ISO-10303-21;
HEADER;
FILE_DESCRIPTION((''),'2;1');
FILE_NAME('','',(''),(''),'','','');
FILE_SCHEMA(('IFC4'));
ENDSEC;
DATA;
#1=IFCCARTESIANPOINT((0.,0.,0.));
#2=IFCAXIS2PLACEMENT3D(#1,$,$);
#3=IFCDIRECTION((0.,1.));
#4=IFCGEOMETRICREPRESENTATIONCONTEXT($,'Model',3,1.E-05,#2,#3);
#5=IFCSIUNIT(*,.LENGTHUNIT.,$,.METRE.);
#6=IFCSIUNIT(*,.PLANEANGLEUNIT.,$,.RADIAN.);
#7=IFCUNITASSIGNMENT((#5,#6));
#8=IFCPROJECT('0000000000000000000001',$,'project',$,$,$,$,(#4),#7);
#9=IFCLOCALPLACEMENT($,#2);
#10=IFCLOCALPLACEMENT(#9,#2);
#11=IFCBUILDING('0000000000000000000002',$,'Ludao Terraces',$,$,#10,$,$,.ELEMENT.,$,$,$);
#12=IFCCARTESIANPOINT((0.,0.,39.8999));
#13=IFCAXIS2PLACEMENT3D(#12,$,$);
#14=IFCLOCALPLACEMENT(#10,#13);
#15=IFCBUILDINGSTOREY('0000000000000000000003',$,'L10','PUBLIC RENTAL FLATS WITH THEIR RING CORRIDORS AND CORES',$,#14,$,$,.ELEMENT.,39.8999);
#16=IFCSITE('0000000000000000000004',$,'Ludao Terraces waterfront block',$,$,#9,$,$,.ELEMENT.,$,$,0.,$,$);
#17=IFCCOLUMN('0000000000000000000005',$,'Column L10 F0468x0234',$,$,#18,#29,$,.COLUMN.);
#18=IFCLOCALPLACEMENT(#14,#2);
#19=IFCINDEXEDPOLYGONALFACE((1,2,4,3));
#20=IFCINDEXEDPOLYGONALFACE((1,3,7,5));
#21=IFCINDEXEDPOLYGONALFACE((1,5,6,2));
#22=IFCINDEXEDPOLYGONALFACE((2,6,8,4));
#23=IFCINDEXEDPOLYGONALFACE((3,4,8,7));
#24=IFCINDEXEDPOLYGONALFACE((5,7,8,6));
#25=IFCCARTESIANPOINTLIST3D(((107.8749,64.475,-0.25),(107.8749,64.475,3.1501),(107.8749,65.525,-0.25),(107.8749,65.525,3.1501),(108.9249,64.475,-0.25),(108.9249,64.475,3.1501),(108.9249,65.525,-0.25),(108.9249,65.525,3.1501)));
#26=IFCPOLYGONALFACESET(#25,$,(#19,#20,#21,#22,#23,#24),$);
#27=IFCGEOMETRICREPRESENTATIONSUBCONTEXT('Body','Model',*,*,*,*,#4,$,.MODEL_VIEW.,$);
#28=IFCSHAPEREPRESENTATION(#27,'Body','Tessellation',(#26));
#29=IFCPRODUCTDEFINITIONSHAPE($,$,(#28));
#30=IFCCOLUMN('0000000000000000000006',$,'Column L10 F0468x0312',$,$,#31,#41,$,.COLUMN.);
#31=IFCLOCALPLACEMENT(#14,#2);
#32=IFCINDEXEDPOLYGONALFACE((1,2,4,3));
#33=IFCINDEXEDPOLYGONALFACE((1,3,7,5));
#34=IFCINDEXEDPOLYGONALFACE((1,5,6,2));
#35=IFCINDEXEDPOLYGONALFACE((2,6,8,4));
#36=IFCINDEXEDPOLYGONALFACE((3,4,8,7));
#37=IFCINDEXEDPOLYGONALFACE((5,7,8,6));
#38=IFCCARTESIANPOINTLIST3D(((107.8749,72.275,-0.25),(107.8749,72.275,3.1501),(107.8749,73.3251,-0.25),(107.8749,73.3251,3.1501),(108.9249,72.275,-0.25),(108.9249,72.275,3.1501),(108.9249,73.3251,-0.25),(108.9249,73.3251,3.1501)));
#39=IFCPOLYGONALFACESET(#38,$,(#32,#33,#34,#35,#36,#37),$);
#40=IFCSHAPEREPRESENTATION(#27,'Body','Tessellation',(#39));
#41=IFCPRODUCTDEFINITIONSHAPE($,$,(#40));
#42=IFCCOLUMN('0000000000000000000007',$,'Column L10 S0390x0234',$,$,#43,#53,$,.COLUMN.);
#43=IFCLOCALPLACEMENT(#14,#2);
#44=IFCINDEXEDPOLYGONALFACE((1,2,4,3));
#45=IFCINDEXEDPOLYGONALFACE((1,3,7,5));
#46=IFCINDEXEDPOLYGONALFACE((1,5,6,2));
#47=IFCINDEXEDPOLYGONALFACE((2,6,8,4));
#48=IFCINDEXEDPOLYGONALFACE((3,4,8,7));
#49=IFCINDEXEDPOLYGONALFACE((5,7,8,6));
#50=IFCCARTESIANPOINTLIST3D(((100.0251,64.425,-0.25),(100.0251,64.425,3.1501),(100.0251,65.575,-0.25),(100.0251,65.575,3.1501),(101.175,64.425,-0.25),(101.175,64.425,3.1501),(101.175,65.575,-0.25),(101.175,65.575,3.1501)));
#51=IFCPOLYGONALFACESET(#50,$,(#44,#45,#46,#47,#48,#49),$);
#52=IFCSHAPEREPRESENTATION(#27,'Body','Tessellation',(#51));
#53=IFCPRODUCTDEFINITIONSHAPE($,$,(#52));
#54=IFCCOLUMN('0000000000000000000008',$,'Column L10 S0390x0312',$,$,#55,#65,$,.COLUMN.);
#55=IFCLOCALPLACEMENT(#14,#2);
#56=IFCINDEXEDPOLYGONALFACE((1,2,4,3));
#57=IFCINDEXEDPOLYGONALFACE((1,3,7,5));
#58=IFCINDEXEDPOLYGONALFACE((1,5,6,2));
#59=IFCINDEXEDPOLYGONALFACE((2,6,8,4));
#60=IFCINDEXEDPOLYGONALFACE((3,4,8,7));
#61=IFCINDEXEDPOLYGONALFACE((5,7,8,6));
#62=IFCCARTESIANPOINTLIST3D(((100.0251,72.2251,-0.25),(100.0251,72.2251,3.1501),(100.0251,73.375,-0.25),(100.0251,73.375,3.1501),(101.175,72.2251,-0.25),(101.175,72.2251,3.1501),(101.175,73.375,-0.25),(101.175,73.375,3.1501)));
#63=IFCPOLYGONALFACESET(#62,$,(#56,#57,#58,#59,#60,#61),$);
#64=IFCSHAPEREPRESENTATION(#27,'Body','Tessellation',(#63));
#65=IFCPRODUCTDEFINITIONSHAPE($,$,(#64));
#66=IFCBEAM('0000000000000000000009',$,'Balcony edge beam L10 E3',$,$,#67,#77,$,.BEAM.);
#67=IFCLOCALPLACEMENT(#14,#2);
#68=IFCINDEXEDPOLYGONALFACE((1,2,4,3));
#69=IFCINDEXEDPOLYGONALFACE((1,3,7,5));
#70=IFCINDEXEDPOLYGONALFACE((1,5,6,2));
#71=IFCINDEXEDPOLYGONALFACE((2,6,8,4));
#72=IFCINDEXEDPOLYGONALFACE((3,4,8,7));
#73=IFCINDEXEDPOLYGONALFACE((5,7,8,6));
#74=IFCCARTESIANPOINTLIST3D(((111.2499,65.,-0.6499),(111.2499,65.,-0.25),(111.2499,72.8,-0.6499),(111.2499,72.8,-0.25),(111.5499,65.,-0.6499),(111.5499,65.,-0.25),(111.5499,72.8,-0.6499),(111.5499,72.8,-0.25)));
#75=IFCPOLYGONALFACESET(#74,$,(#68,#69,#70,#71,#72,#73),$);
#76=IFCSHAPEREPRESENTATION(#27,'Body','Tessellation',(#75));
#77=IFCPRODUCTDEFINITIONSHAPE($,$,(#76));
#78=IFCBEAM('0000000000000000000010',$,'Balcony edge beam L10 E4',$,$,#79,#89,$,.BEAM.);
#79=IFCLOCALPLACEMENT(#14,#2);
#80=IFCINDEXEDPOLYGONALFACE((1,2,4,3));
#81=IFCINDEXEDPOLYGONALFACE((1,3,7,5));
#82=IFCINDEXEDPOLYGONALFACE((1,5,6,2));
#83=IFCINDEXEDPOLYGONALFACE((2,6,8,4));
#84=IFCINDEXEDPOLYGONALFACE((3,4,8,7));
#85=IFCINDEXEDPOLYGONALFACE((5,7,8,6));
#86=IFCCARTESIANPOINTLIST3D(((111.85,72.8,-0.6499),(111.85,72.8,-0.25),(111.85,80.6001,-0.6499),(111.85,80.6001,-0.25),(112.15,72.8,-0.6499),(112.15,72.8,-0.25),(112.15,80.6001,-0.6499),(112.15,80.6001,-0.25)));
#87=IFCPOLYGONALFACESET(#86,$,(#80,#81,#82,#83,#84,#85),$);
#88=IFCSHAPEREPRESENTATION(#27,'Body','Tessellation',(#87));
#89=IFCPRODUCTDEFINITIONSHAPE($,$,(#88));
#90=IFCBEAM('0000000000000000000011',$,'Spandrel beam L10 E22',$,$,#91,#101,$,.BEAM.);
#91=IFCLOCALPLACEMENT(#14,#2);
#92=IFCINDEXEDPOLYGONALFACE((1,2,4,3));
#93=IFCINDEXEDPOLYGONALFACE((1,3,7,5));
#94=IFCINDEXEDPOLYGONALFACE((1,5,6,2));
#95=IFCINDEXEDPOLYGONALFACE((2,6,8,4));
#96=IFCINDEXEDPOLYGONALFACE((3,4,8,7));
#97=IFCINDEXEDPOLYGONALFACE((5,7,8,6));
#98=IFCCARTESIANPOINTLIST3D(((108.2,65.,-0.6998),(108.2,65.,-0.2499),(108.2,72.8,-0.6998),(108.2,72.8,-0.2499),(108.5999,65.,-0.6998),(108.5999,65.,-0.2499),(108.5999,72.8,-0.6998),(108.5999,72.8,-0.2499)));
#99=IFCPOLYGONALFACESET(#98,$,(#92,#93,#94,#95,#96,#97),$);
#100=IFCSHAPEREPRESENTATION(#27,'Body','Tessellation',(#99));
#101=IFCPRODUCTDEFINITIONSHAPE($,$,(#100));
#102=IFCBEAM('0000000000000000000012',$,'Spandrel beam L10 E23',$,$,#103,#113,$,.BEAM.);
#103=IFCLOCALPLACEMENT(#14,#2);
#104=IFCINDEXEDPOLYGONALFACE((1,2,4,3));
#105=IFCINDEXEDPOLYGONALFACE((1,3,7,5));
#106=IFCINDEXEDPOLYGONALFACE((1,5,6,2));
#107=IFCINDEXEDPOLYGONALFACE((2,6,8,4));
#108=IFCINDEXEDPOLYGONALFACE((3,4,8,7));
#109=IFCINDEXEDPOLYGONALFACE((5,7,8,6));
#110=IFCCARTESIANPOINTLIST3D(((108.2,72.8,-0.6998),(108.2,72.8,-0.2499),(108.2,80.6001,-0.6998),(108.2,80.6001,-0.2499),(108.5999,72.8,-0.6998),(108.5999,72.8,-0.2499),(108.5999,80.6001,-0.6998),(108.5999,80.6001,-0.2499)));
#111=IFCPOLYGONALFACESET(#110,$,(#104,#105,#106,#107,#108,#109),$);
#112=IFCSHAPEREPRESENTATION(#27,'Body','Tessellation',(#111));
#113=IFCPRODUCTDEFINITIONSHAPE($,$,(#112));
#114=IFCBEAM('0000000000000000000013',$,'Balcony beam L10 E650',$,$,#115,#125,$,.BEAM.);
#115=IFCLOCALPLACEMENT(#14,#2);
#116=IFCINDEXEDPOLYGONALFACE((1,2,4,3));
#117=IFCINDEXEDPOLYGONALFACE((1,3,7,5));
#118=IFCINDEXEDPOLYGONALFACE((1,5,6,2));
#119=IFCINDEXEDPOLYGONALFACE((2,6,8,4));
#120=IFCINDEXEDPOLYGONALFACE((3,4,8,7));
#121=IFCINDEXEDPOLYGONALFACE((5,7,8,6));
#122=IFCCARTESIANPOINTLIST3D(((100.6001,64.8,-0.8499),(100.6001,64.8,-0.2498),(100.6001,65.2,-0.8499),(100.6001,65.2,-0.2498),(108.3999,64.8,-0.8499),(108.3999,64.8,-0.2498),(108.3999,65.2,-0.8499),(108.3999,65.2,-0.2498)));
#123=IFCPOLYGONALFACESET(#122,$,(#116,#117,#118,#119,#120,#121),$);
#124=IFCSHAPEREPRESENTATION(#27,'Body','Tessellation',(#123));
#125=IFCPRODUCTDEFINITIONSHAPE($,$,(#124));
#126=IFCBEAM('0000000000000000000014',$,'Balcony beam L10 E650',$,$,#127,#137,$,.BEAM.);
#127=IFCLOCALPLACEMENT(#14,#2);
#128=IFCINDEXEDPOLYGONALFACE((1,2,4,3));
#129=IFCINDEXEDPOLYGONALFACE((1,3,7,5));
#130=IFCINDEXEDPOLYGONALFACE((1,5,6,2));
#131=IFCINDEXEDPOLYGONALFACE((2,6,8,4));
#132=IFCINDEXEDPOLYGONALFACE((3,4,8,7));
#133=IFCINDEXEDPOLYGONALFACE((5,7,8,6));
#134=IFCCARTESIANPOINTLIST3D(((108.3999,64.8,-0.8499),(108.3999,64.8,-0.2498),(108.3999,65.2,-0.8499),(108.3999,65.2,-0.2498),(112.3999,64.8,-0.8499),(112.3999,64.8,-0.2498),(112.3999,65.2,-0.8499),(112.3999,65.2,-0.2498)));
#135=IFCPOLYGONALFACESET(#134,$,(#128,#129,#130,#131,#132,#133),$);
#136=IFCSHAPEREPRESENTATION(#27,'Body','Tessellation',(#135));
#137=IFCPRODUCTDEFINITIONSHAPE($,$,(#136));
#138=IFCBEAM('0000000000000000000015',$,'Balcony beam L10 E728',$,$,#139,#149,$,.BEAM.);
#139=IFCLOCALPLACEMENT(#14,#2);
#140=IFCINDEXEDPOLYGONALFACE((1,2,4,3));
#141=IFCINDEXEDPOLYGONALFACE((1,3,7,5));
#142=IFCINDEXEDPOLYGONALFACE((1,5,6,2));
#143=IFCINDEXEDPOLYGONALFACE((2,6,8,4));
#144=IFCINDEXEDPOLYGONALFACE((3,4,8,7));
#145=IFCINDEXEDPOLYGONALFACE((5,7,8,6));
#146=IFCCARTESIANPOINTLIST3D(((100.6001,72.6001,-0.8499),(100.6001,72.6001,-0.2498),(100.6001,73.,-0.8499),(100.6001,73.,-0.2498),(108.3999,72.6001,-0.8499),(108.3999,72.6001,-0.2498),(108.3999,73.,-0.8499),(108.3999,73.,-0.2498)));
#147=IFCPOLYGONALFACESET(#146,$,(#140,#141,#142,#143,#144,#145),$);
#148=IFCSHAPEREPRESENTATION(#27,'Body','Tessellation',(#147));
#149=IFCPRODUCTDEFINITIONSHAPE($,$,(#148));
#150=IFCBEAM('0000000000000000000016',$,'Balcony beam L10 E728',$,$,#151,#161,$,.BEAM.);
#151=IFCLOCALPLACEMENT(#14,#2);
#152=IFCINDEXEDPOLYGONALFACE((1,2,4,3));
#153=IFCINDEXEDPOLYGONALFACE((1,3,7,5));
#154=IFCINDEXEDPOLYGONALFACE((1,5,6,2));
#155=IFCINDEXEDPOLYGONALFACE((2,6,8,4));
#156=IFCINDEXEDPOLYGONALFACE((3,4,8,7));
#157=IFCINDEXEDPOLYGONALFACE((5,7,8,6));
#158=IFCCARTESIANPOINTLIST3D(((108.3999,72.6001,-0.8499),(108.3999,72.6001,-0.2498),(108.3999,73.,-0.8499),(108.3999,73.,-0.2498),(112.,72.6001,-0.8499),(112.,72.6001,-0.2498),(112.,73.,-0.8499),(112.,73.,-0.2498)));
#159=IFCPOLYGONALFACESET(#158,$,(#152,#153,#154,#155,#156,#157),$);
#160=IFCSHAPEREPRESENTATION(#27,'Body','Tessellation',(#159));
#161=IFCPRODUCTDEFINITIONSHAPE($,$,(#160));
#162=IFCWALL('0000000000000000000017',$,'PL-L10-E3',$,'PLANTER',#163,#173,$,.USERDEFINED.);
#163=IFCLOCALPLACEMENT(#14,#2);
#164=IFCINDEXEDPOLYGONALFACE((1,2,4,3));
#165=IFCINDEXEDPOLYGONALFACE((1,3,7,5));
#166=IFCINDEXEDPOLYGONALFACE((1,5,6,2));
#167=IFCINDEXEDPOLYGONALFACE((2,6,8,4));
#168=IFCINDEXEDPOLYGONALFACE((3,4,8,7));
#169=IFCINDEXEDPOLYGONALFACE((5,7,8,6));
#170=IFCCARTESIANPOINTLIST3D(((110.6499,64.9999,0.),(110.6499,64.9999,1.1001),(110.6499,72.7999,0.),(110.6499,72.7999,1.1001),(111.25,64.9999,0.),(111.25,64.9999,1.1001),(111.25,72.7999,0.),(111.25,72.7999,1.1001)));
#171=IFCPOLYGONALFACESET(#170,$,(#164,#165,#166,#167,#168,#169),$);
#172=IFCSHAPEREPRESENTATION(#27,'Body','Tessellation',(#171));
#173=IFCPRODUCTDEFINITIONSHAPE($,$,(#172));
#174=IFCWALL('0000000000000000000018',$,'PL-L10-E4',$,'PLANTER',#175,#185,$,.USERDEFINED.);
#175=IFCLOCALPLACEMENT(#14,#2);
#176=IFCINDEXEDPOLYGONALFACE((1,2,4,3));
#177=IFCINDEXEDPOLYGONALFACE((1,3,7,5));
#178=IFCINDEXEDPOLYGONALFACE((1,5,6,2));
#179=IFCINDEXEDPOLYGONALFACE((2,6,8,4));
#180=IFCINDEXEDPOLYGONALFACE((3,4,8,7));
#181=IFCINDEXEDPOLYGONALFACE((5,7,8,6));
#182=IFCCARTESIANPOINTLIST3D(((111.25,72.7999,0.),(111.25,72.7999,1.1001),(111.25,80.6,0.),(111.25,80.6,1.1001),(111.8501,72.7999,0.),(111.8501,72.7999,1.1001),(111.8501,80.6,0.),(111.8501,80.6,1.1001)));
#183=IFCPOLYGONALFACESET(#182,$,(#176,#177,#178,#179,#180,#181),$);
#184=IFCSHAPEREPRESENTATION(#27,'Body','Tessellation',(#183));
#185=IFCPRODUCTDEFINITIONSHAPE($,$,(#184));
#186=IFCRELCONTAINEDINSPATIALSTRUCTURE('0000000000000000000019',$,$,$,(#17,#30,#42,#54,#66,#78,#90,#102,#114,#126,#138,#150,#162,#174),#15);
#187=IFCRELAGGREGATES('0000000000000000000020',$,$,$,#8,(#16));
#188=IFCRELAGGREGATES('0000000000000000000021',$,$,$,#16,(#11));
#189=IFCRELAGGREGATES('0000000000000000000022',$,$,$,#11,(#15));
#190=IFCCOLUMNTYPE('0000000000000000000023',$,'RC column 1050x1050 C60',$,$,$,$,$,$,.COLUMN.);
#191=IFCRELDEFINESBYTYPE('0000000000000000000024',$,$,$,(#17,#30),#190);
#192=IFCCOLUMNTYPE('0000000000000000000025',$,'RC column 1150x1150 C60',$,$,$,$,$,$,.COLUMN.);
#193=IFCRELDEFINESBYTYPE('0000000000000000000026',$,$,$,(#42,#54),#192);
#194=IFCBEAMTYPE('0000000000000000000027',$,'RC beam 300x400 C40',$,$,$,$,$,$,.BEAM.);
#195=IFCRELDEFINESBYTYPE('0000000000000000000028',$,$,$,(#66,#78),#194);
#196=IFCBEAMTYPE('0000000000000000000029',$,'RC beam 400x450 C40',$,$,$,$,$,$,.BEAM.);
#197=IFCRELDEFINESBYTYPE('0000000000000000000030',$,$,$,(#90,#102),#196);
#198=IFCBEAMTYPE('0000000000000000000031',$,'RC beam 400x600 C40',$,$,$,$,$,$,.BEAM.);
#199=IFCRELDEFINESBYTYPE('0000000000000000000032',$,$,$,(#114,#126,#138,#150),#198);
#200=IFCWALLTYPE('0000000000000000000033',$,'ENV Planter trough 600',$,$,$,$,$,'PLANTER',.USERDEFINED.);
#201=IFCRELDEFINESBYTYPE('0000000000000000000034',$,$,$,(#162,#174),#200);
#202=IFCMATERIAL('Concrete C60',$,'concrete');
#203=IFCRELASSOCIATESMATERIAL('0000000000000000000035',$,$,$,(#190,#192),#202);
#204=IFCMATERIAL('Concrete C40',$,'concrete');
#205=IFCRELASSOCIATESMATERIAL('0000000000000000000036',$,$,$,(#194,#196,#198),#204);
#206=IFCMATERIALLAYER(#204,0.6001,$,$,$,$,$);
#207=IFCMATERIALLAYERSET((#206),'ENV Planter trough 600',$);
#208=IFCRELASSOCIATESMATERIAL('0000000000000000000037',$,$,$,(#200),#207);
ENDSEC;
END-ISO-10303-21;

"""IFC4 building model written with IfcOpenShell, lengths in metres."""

from ifc_helpers import new_model, si_unit, direction, frame, frame_2d, origin, origin_2d, place, context, subcontext, project, spatial, rectangle, extrude, material, layer, layer_set, material_profile, profile_set, type_object, element, save


model = new_model("IFC4")

# Units and contexts
model_context = context("Model", 3, precision=1e-05, world=origin(), true_north=direction((0.0, 1.0)))
body_context = subcontext(model_context, "Body", "Model", "MODEL_VIEW")
ifc_project = project(units=[si_unit("LENGTHUNIT", "METRE"), si_unit("PLANEANGLEUNIT", "RADIAN")], contexts=[model_context])

# Site, building, storey
site_placement = place(None, origin())
site = spatial("IfcSite", under=ifc_project, at=site_placement, Name="Ludao Terraces waterfront block", CompositionType="ELEMENT", RefElevation=0.0)
building_placement = place(site_placement, origin())
building = spatial("IfcBuilding", under=site, at=building_placement, Name="Ludao Terraces", CompositionType="ELEMENT")
storey_placement = place(building_placement, frame((0.0, 0.0, 39.8999)))
storey = spatial("IfcBuildingStorey", under=building, at=storey_placement, Name="L10", Description="PUBLIC RENTAL FLATS WITH THEIR RING CORRIDORS AND CORES", CompositionType="ELEMENT", Elevation=39.8999)

# Columns
ifc_material_1 = material(Name="Concrete C60", Category="concrete")
ifc_material_profile_1 = material_profile(ifc_material_1, rectangle(XDim=1.05, YDim=1.05, at=origin_2d()), Name="1050 X 1050")
ifc_profile_set_1 = profile_set([ifc_material_profile_1], Name="Concrete C60")
column_type_1 = type_object("IfcColumnType", Name="RC column 1050x1050 C60", PredefinedType="COLUMN", material=ifc_profile_set_1)
for number, where, z_axis, x_axis, name in (
    (1, (108.3999, 65.0, -0.25), (0.0, 0.0, 1.0), (1.0, 0.0, 0.0), "Column L10 F0468x0234"),
    (2, (108.3999, 72.8, -0.25), (0.0, 0.0, 1.0), (1.0, 0.0, 0.0), "Column L10 F0468x0312"),
):
    element("IfcColumn", number, at=place(storey_placement, frame(where, z_axis=z_axis, x_axis=x_axis)), inside=storey, type_object=column_type_1, Name=name, PredefinedType="COLUMN", context=body_context, shape_type="SweptSolid", body=[
        extrude(rectangle(XDim=1.05, YDim=1.05, at=origin_2d()), origin(), (0.0, 0.0, 1.0), 3.4001),
    ])
ifc_material_profile_2 = material_profile(ifc_material_1, rectangle(XDim=1.1499, YDim=1.1499, at=origin_2d()), Name="1150 X 1150")
ifc_profile_set_2 = profile_set([ifc_material_profile_2], Name="Concrete C60")
column_type_2 = type_object("IfcColumnType", Name="RC column 1150x1150 C60", PredefinedType="COLUMN", material=ifc_profile_set_2)
for number, where, z_axis, x_axis, name in (
    (3, (100.6001, 65.0, -0.25), (0.0, 0.0, 1.0), (1.0, 0.0, 0.0), "Column L10 S0390x0234"),
    (4, (100.6001, 72.8, -0.25), (0.0, 0.0, 1.0), (1.0, 0.0, 0.0), "Column L10 S0390x0312"),
):
    element("IfcColumn", number, at=place(storey_placement, frame(where, z_axis=z_axis, x_axis=x_axis)), inside=storey, type_object=column_type_2, Name=name, PredefinedType="COLUMN", context=body_context, shape_type="SweptSolid", body=[
        extrude(rectangle(XDim=1.1499, YDim=1.1499, at=origin_2d()), origin(), (0.0, 0.0, 1.0), 3.4001),
    ])

# Beams
ifc_material_2 = material(Name="Concrete C40", Category="concrete")
ifc_material_profile_3 = material_profile(ifc_material_2, rectangle(XDim=0.3, YDim=0.3999, at=origin_2d()), Name="300 X 400")
ifc_profile_set_3 = profile_set([ifc_material_profile_3], Name="Concrete C40")
beam_type_1 = type_object("IfcBeamType", Name="RC beam 300x400 C40", PredefinedType="BEAM", material=ifc_profile_set_3)
for number, where, z_axis, x_axis, name in (
    (5, (111.3999, 65.0, -0.45), (0.0, 1.0, 0.0), (-1.0, 0.0, 0.0), "Balcony edge beam L10 E3"),
    (6, (112.0, 72.8, -0.45), (0.0, 1.0, 0.0), (-1.0, 0.0, 0.0), "Balcony edge beam L10 E4"),
):
    element("IfcBeam", number, at=place(storey_placement, frame(where, z_axis=z_axis, x_axis=x_axis)), inside=storey, type_object=beam_type_1, Name=name, PredefinedType="BEAM", context=body_context, shape_type="SweptSolid", body=[
        extrude(rectangle(XDim=0.3, YDim=0.3999, at=origin_2d()), origin(), (0.0, 0.0, 1.0), 7.8),
    ])
ifc_material_profile_4 = material_profile(ifc_material_2, rectangle(XDim=0.3999, YDim=0.45, at=origin_2d()), Name="400 X 450")
ifc_profile_set_4 = profile_set([ifc_material_profile_4], Name="Concrete C40")
beam_type_2 = type_object("IfcBeamType", Name="RC beam 400x450 C40", PredefinedType="BEAM", material=ifc_profile_set_4)
for number, where, z_axis, x_axis, name in (
    (7, (108.3999, 65.0, -0.4749), (0.0, 1.0, 0.0), (-1.0, 0.0, 0.0), "Spandrel beam L10 E22"),
    (8, (108.3999, 72.8, -0.4749), (0.0, 1.0, 0.0), (-1.0, 0.0, 0.0), "Spandrel beam L10 E23"),
):
    element("IfcBeam", number, at=place(storey_placement, frame(where, z_axis=z_axis, x_axis=x_axis)), inside=storey, type_object=beam_type_2, Name=name, PredefinedType="BEAM", context=body_context, shape_type="SweptSolid", body=[
        extrude(rectangle(XDim=0.3999, YDim=0.45, at=origin_2d()), origin(), (0.0, 0.0, 1.0), 7.8),
    ])
ifc_material_profile_5 = material_profile(ifc_material_2, rectangle(XDim=0.3999, YDim=0.6001, at=origin_2d()), Name="400 X 600")
ifc_profile_set_5 = profile_set([ifc_material_profile_5], Name="Concrete C40")
beam_type_3 = type_object("IfcBeamType", Name="RC beam 400x600 C40", PredefinedType="BEAM", material=ifc_profile_set_5)
beam_1_placement = place(storey_placement, frame((100.6001, 65.0, -0.5498), z_axis=(1.0, 0.0, 0.0), x_axis=(0.0, 1.0, 0.0)))
element("IfcBeam", 9, at=beam_1_placement, inside=storey, type_object=beam_type_3, Name="Balcony beam L10 E650", PredefinedType="BEAM", context=body_context, shape_type="SweptSolid", body=[
    extrude(rectangle(XDim=0.3999, YDim=0.6001, at=origin_2d()), origin(), (0.0, 0.0, 1.0), 7.7998),
])
beam_2_placement = place(storey_placement, frame((108.3999, 65.0, -0.5498), z_axis=(1.0, 0.0, 0.0), x_axis=(0.0, 1.0, 0.0)))
element("IfcBeam", 10, at=beam_2_placement, inside=storey, type_object=beam_type_3, Name="Balcony beam L10 E650", PredefinedType="BEAM", context=body_context, shape_type="SweptSolid", body=[
    extrude(rectangle(XDim=0.3999, YDim=0.6001, at=origin_2d()), origin(), (0.0, 0.0, 1.0), 4.0),
])
beam_3_placement = place(storey_placement, frame((100.6001, 72.8, -0.5498), z_axis=(1.0, 0.0, 0.0), x_axis=(0.0, 1.0, 0.0)))
element("IfcBeam", 11, at=beam_3_placement, inside=storey, type_object=beam_type_3, Name="Balcony beam L10 E728", PredefinedType="BEAM", context=body_context, shape_type="SweptSolid", body=[
    extrude(rectangle(XDim=0.3999, YDim=0.6001, at=origin_2d()), origin(), (0.0, 0.0, 1.0), 7.7998),
])
beam_4_placement = place(storey_placement, frame((108.3999, 72.8, -0.5498), z_axis=(1.0, 0.0, 0.0), x_axis=(0.0, 1.0, 0.0)))
element("IfcBeam", 12, at=beam_4_placement, inside=storey, type_object=beam_type_3, Name="Balcony beam L10 E728", PredefinedType="BEAM", context=body_context, shape_type="SweptSolid", body=[
    extrude(rectangle(XDim=0.3999, YDim=0.6001, at=origin_2d()), origin(), (0.0, 0.0, 1.0), 3.6001),
])

# Walls
ifc_layer_1 = layer(ifc_material_2, 0.6001)
ifc_layer_set_1 = layer_set([ifc_layer_1], Name="ENV Planter trough 600")
wall_type_1 = type_object("IfcWallType", Name="ENV Planter trough 600", ElementType="PLANTER", PredefinedType="USERDEFINED", material=ifc_layer_set_1)
for number, where, z_axis, x_axis, name in (
    (13, (110.95, 65.0, 0.0), (0.0, 0.0, 1.0), (0.0, 1.0, 0.0), "PL-L10-E3"),
    (14, (111.55, 72.8, 0.0), (0.0, 0.0, 1.0), (0.0, 1.0, 0.0), "PL-L10-E4"),
):
    element("IfcWall", number, at=place(storey_placement, frame(where, z_axis=z_axis, x_axis=x_axis)), inside=storey, type_object=wall_type_1, Name=name, ObjectType="PLANTER", PredefinedType="USERDEFINED", context=body_context, shape_type="SweptSolid", body=[
        extrude(rectangle(XDim=7.8, YDim=0.6001, at=frame_2d((3.8999, 0.0))), origin(), (0.0, 0.0, 1.0), 1.1001),
    ])

save(model, "model.ifc")
